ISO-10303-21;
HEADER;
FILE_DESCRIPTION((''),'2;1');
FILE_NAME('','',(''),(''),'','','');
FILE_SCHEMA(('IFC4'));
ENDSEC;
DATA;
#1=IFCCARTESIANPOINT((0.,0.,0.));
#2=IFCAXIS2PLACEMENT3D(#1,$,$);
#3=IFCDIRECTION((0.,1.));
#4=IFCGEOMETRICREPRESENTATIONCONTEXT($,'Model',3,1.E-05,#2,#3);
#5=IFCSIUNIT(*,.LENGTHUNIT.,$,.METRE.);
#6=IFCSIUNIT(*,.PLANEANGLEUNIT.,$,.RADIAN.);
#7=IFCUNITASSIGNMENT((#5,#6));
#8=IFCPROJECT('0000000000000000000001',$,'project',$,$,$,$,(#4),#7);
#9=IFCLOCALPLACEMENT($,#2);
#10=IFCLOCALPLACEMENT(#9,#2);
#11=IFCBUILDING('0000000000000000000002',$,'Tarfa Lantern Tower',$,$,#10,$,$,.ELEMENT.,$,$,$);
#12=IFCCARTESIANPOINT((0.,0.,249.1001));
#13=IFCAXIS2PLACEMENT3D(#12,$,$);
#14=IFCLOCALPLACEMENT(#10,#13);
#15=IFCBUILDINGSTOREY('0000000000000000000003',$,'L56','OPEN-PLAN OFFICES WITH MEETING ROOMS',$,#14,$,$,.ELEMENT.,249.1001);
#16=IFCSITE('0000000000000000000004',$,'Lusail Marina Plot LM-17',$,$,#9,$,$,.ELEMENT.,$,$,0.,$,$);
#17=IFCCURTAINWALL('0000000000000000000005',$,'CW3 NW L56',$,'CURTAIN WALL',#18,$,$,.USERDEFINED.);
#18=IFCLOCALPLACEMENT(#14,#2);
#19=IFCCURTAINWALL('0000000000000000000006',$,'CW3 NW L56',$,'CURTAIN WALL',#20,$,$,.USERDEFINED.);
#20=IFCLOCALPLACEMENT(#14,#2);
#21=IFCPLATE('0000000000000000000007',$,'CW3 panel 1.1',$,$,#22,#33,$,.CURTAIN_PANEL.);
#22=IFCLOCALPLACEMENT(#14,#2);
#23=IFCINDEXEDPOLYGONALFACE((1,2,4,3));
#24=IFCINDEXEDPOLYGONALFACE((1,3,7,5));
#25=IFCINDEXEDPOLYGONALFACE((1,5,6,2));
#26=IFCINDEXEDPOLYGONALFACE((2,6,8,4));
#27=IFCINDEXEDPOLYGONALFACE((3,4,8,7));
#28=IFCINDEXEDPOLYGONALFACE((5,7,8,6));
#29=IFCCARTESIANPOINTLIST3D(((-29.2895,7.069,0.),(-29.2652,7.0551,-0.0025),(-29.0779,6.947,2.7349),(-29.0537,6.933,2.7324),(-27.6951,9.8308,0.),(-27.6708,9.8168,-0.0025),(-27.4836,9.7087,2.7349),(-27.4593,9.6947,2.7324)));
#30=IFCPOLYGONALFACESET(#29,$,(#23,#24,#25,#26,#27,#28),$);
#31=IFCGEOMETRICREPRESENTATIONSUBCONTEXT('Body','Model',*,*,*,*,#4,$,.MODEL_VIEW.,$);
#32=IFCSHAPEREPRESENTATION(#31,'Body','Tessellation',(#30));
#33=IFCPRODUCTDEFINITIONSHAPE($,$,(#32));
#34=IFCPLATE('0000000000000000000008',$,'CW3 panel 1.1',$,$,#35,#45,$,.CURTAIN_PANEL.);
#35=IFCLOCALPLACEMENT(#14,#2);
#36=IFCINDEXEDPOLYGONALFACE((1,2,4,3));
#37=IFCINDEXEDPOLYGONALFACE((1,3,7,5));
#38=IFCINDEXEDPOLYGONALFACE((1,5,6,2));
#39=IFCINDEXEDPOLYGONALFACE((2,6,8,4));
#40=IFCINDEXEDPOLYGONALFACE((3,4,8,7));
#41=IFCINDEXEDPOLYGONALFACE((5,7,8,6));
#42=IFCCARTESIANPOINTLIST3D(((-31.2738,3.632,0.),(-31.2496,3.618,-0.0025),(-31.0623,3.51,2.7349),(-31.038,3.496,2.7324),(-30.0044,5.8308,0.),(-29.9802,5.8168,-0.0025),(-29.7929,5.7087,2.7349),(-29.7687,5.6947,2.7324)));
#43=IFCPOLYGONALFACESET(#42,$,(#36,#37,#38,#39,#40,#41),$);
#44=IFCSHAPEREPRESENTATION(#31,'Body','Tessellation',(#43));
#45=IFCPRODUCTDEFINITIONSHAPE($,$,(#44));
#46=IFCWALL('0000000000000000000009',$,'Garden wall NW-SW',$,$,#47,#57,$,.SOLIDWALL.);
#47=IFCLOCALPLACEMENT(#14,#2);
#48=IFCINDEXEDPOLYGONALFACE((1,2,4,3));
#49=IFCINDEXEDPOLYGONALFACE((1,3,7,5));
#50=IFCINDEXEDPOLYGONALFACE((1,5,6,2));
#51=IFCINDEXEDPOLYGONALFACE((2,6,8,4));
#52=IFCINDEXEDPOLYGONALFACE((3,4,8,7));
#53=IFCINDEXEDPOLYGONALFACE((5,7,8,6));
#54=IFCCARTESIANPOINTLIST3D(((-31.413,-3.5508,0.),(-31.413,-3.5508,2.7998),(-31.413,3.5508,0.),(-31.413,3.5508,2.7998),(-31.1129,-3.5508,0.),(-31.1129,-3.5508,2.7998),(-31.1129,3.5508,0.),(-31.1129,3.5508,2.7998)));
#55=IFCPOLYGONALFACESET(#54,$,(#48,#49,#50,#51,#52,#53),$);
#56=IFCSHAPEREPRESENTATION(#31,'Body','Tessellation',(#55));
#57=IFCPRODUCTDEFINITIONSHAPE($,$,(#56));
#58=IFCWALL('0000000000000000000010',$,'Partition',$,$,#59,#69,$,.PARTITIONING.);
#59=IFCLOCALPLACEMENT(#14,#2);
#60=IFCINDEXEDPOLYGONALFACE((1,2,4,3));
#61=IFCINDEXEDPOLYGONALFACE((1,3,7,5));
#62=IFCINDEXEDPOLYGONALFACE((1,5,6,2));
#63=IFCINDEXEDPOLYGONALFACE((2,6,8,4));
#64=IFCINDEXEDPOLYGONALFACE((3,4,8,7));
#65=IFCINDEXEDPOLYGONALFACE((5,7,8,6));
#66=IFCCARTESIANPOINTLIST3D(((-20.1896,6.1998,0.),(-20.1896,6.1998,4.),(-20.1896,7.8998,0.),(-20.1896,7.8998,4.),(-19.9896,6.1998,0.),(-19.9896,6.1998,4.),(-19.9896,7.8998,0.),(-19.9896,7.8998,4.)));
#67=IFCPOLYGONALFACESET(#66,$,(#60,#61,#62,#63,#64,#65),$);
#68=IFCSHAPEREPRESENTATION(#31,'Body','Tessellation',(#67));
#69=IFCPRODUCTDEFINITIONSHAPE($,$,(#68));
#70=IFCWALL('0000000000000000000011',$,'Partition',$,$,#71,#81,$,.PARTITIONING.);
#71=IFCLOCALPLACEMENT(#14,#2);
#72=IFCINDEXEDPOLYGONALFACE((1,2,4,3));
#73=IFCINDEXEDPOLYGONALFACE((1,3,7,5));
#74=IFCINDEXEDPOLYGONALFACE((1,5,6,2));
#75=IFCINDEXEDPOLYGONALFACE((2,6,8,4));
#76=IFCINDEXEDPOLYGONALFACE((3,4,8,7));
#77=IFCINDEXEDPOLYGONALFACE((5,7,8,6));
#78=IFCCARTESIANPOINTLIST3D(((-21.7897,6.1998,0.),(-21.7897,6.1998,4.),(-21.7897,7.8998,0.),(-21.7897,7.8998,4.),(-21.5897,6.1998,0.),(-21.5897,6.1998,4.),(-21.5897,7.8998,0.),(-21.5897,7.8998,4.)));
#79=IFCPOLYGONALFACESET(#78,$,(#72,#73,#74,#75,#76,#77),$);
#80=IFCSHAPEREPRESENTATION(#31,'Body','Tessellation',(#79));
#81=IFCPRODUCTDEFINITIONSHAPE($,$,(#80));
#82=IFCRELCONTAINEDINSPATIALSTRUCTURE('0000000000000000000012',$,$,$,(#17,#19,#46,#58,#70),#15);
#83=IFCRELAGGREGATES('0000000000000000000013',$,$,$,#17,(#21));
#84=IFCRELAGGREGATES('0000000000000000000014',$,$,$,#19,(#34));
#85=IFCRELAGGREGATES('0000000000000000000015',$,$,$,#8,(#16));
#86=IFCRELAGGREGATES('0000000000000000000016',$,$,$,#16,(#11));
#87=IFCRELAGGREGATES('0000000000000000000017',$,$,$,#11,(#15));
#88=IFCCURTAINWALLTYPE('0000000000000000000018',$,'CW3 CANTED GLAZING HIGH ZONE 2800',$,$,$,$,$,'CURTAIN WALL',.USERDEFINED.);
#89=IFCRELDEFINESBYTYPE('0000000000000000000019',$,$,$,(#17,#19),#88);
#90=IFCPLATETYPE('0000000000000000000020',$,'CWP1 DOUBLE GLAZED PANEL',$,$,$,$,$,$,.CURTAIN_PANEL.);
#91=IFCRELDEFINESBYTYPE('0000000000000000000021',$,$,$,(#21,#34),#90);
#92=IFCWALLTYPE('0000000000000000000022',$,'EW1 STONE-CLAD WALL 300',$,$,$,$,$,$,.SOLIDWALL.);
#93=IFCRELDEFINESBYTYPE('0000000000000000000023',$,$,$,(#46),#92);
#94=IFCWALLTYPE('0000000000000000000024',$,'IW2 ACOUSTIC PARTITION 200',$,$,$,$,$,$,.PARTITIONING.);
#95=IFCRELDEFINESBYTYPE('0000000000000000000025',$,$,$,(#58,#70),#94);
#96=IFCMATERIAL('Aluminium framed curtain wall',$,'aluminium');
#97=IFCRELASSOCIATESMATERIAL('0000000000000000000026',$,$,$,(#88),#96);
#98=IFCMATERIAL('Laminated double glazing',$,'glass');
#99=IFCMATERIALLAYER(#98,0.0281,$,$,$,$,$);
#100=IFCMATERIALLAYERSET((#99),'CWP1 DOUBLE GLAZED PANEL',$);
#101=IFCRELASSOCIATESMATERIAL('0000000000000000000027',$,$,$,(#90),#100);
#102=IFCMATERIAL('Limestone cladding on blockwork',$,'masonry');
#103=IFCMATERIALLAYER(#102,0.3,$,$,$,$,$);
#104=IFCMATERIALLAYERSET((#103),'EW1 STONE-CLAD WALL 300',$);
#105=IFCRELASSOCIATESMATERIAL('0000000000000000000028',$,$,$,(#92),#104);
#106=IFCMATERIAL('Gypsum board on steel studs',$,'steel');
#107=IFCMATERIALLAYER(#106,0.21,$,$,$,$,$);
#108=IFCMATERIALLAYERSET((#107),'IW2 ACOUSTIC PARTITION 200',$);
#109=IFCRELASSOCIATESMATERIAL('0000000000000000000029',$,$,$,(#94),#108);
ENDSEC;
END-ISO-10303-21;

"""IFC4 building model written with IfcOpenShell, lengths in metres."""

from ifc_helpers import new_model, si_unit, direction, frame, frame_2d, origin, place, context, subcontext, project, spatial, polyline, rectangle, outline, extrude, material, layer, layer_set, type_object, element, aggregate, save


model = new_model("IFC4")

# Units and contexts
model_context = context("Model", 3, precision=1e-05, world=origin(), true_north=direction((0.0, 1.0)))
body_context = subcontext(model_context, "Body", "Model", "MODEL_VIEW")
ifc_project = project(units=[si_unit("LENGTHUNIT", "METRE"), si_unit("PLANEANGLEUNIT", "RADIAN")], contexts=[model_context])

# Site, building, storey
site_placement = place(None, origin())
site = spatial("IfcSite", under=ifc_project, at=site_placement, Name="Lusail Marina Plot LM-17", CompositionType="ELEMENT", RefElevation=0.0)
building_placement = place(site_placement, origin())
building = spatial("IfcBuilding", under=site, at=building_placement, Name="Tarfa Lantern Tower", CompositionType="ELEMENT")
storey_placement = place(building_placement, frame((0.0, 0.0, 249.1001)))
storey = spatial("IfcBuildingStorey", under=building, at=storey_placement, Name="L56", Description="OPEN-PLAN OFFICES WITH MEETING ROOMS", CompositionType="ELEMENT", Elevation=249.1001)

# Shared definitions
ifc_material_1 = material(Name="Aluminium framed curtain wall", Category="aluminium")
curtain_wall_type = type_object("IfcCurtainWallType", Name="CW3 CANTED GLAZING HIGH ZONE 2800", ElementType="CURTAIN WALL", PredefinedType="USERDEFINED", material=ifc_material_1)

# Curtain walls
curtain_wall_1_placement = place(storey_placement, origin())
curtain_wall_1 = element("IfcCurtainWall", 1, at=curtain_wall_1_placement, inside=storey, type_object=curtain_wall_type, Name="CW3 NW L56", ObjectType="CURTAIN WALL", PredefinedType="USERDEFINED")
curtain_wall_2_placement = place(storey_placement, origin())
curtain_wall_2 = element("IfcCurtainWall", 2, at=curtain_wall_2_placement, inside=storey, type_object=curtain_wall_type, Name="CW3 NW L56", ObjectType="CURTAIN WALL", PredefinedType="USERDEFINED")

# Plates
ifc_material_2 = material(Name="Laminated double glazing", Category="glass")
ifc_layer_1 = layer(ifc_material_2, 0.0281)
ifc_layer_set_1 = layer_set([ifc_layer_1], Name="CWP1 DOUBLE GLAZED PANEL")
plate_type = type_object("IfcPlateType", Name="CWP1 DOUBLE GLAZED PANEL", PredefinedType="CURTAIN_PANEL", material=ifc_layer_set_1)
plate_1_placement = place(storey_placement, frame((-27.6951, 9.8308, 0.0), z_axis=(-0.862608, 0.49799, 0.088952), x_axis=(-0.499972, -0.866041, -0.000003)))
plate_1 = element("IfcPlate", 3, at=plate_1_placement, type_object=plate_type, Name="CW3 panel 1.1", PredefinedType="CURTAIN_PANEL", context=body_context, shape_type="SweptSolid", body=[
    extrude(outline(polyline([(0.0, 0.0), (3.189, 0.0), (3.1888, 2.7458), (0.0, 2.7457), (0.0, 0.0)])), origin(), (0.0, 0.0, -1.0), 0.0281),
])
aggregate(curtain_wall_1, [plate_1])
plate_2_placement = place(storey_placement, frame((-30.0044, 5.8308, 0.0), z_axis=(-0.862597, 0.49801, 0.088952), x_axis=(-0.499992, -0.86603, -0.000004)))
plate_2 = element("IfcPlate", 4, at=plate_2_placement, type_object=plate_type, Name="CW3 panel 1.1", PredefinedType="CURTAIN_PANEL", context=body_context, shape_type="SweptSolid", body=[
    extrude(outline(polyline([(0.0, 0.0), (2.5389, 0.0), (2.5388, 2.7458), (0.0, 2.7457), (0.0, 0.0)])), origin(), (0.0, 0.0, -1.0), 0.0281),
])
aggregate(curtain_wall_2, [plate_2])

# Walls
ifc_material_3 = material(Name="Limestone cladding on blockwork", Category="masonry")
ifc_layer_2 = layer(ifc_material_3, 0.3)
ifc_layer_set_2 = layer_set([ifc_layer_2], Name="EW1 STONE-CLAD WALL 300")
wall_type_1 = type_object("IfcWallType", Name="EW1 STONE-CLAD WALL 300", PredefinedType="SOLIDWALL", material=ifc_layer_set_2)
wall_placement = place(storey_placement, frame((-31.2629, 3.5508, 0.0), z_axis=(0.0, 0.0, 1.0), x_axis=(0.0, -1.0, 0.0)))
element("IfcWall", 5, at=wall_placement, inside=storey, type_object=wall_type_1, Name="Garden wall NW-SW", PredefinedType="SOLIDWALL", context=body_context, shape_type="SweptSolid", body=[
    extrude(rectangle(XDim=7.1016, YDim=0.3, at=frame_2d((3.5508, 0.0))), origin(), (0.0, 0.0, 1.0), 2.7998),
])
ifc_material_4 = material(Name="Gypsum board on steel studs", Category="steel")
ifc_layer_3 = layer(ifc_material_4, 0.21)
ifc_layer_set_3 = layer_set([ifc_layer_3], Name="IW2 ACOUSTIC PARTITION 200")
wall_type_2 = type_object("IfcWallType", Name="IW2 ACOUSTIC PARTITION 200", PredefinedType="PARTITIONING", material=ifc_layer_set_3)
for number, where, z_axis, x_axis, name in (
    (6, (-20.0896, 7.8999, 0.0), (0.0, 0.0, 1.0), (0.0, -1.0, 0.0), "Partition"),
    (7, (-21.6897, 7.8999, 0.0), (0.0, 0.0, 1.0), (0.0, -1.0, 0.0), "Partition"),
):
    element("IfcWall", number, at=place(storey_placement, frame(where, z_axis=z_axis, x_axis=x_axis)), inside=storey, type_object=wall_type_2, Name=name, PredefinedType="PARTITIONING", context=body_context, shape_type="SweptSolid", body=[
        extrude(rectangle(XDim=1.7, YDim=0.2, at=frame_2d((0.8501, 0.0))), origin(), (0.0, 0.0, 1.0), 4.0),
    ])

save(model, "model.ifc")
